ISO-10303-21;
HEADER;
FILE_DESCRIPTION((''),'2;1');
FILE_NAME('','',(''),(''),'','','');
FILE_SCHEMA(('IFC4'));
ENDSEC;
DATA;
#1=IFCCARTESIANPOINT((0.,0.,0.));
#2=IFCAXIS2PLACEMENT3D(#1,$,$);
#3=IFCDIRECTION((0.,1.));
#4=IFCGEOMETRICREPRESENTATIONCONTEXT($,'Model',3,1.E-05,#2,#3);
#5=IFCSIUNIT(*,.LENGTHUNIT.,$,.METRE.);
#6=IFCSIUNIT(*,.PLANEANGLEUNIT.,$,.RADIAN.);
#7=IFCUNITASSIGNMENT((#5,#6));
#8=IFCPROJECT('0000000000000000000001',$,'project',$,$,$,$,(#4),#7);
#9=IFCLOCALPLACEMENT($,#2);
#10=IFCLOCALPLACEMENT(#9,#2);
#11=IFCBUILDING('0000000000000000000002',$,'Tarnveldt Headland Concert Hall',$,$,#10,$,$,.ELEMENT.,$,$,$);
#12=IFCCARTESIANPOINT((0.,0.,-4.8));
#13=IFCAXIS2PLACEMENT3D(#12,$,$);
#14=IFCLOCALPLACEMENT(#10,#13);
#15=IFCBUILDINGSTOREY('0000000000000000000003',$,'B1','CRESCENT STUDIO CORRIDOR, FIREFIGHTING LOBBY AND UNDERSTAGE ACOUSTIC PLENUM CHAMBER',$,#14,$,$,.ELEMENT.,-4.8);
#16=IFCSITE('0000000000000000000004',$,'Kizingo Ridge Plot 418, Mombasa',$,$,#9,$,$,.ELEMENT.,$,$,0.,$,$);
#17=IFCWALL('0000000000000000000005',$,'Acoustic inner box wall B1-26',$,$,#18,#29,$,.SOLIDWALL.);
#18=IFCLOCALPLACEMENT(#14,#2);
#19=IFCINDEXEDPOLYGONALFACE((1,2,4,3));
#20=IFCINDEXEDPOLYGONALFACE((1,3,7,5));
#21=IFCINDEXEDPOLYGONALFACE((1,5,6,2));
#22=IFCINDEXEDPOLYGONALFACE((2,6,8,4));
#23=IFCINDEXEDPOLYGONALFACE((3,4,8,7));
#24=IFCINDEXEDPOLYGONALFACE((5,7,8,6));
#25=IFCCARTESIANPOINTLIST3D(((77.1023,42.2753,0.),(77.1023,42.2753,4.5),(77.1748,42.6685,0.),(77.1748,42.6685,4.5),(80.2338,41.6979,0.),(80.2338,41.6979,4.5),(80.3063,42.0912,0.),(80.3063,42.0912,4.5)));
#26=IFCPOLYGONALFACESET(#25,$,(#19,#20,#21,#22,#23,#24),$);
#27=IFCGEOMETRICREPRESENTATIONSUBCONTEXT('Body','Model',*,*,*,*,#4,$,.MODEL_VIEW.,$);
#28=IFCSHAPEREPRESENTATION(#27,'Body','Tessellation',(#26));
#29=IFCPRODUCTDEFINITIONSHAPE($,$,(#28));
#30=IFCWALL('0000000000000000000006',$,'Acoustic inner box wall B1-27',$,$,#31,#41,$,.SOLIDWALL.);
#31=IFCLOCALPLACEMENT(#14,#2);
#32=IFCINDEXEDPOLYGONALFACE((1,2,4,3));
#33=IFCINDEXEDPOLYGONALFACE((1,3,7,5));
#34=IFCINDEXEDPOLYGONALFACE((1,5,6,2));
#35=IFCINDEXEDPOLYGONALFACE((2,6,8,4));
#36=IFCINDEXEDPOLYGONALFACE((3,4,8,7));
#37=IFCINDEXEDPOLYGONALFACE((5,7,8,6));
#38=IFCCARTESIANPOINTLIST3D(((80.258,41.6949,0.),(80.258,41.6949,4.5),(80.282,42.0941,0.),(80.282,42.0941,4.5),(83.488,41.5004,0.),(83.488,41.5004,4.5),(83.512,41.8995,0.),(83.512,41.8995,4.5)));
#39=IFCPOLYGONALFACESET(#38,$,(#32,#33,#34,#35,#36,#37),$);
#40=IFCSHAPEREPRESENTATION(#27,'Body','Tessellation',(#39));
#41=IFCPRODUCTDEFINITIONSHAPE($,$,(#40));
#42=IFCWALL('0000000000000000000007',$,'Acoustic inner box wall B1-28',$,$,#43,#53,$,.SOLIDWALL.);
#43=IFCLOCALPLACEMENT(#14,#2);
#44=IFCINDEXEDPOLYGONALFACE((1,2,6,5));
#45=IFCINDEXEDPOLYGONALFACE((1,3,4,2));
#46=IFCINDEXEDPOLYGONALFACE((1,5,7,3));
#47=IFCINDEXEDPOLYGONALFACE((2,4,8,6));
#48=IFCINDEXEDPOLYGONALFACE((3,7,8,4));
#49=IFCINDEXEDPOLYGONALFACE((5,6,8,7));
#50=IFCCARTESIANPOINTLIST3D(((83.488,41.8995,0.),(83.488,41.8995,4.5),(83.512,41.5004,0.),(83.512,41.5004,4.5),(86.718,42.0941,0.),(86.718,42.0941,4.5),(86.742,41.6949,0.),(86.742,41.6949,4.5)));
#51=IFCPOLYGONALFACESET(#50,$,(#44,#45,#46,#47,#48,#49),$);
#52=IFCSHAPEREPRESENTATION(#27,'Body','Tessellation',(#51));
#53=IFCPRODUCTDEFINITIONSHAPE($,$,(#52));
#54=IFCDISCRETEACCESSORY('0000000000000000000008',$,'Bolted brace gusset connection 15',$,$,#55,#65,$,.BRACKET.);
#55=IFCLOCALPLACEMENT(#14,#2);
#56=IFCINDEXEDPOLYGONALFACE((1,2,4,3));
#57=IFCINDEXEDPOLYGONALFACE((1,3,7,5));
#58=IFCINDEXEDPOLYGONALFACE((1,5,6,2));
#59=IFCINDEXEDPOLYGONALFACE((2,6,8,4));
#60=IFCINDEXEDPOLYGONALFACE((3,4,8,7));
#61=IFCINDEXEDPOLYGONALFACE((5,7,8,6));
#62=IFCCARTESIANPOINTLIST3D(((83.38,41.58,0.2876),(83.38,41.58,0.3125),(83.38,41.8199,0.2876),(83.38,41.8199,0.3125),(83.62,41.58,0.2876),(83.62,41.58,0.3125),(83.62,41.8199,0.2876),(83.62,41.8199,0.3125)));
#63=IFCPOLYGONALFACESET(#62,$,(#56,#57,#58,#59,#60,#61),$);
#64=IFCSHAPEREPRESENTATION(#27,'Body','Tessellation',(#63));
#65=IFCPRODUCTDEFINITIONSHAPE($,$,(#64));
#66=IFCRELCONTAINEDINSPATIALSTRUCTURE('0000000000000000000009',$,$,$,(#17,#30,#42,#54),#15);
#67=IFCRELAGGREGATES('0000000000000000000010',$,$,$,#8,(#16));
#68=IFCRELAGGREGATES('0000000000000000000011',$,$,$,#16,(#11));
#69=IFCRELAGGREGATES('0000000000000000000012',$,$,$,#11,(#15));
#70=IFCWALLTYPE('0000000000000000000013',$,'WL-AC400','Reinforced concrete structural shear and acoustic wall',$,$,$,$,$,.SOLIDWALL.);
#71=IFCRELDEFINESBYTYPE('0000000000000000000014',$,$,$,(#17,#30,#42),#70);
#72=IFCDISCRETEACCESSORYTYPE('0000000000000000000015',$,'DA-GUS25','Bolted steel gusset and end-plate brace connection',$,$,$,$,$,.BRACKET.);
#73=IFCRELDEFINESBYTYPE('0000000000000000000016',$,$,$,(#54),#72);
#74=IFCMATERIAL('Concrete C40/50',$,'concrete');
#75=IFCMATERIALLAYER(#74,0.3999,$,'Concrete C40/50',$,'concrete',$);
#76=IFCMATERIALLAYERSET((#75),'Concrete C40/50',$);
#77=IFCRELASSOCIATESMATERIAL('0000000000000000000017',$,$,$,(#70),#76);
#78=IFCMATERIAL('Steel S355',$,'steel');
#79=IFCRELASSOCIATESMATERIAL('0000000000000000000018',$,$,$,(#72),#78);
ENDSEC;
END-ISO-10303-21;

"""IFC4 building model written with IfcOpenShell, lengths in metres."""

from ifc_helpers import new_model, si_unit, direction, frame, frame_2d, origin, origin_2d, place, context, subcontext, project, spatial, rectangle, extrude, material, layer, layer_set, type_object, element, save


model = new_model("IFC4")

# Units and contexts
model_context = context("Model", 3, precision=1e-05, world=origin(), true_north=direction((0.0, 1.0)))
body_context = subcontext(model_context, "Body", "Model", "MODEL_VIEW")
ifc_project = project(units=[si_unit("LENGTHUNIT", "METRE"), si_unit("PLANEANGLEUNIT", "RADIAN")], contexts=[model_context])

# Site, building, storey
site_placement = place(None, origin())
site = spatial("IfcSite", under=ifc_project, at=site_placement, Name="Kizingo Ridge Plot 418, Mombasa", CompositionType="ELEMENT", RefElevation=0.0)
building_placement = place(site_placement, origin())
building = spatial("IfcBuilding", under=site, at=building_placement, Name="Tarnveldt Headland Concert Hall", CompositionType="ELEMENT")
storey_placement = place(building_placement, frame((0.0, 0.0, -4.8)))
storey = spatial("IfcBuildingStorey", under=building, at=storey_placement, Name="B1", Description="CRESCENT STUDIO CORRIDOR, FIREFIGHTING LOBBY AND UNDERSTAGE ACOUSTIC PLENUM CHAMBER", CompositionType="ELEMENT", Elevation=-4.8)

# Shared definitions
ifc_material_1 = material(Name="Concrete C40/50", Category="concrete")

# Shared definitions
ifc_material_2 = material(Name="Steel S355", Category="steel")

# Walls
ifc_layer = layer(ifc_material_1, 0.3999, Name="Concrete C40/50", Category="concrete")
ifc_layer_set = layer_set([ifc_layer], Name="Concrete C40/50")
wall_type = type_object("IfcWallType", Name="WL-AC400", Description="Reinforced concrete structural shear and acoustic wall", PredefinedType="SOLIDWALL", material=ifc_layer_set)
wall_1_placement = place(storey_placement, frame((77.1384, 42.4719, 0.0), z_axis=(0.0, 0.0, 1.0), x_axis=(0.983424, -0.18132, 0.0)))
element("IfcWall", 1, at=wall_1_placement, inside=storey, type_object=wall_type, Name="Acoustic inner box wall B1-26", PredefinedType="SOLIDWALL", context=body_context, shape_type="SweptSolid", body=[
    extrude(rectangle(XDim=3.1843, YDim=0.3999, at=frame_2d((1.5923, 0.0))), origin(), (0.0, 0.0, 1.0), 4.5),
])
for number, where, z_axis, x_axis, name in (
    (2, (80.27, 41.8945, 0.0), (0.0, 0.0, 1.0), (0.99819, -0.060133, 0.0), "Acoustic inner box wall B1-27"),
    (3, (83.5, 41.7, 0.0), (0.0, 0.0, 1.0), (0.99819, 0.060133, 0.0), "Acoustic inner box wall B1-28"),
):
    element("IfcWall", number, at=place(storey_placement, frame(where, z_axis=z_axis, x_axis=x_axis)), inside=storey, type_object=wall_type, Name=name, PredefinedType="SOLIDWALL", context=body_context, shape_type="SweptSolid", body=[
        extrude(rectangle(XDim=3.2358, YDim=0.3999, at=frame_2d((1.6179, 0.0))), origin(), (0.0, 0.0, 1.0), 4.5),
    ])

# Discrete accessory
discrete_accessory_type = type_object("IfcDiscreteAccessoryType", Name="DA-GUS25", Description="Bolted steel gusset and end-plate brace connection", PredefinedType="BRACKET", material=ifc_material_2)
discrete_accessory_placement = place(storey_placement, frame((83.5, 41.7, 0.2876), z_axis=(0.0, 0.0, 1.0), x_axis=(1.0, 0.0, 0.0)))
element("IfcDiscreteAccessory", 4, at=discrete_accessory_placement, inside=storey, type_object=discrete_accessory_type, Name="Bolted brace gusset connection 15", PredefinedType="BRACKET", context=body_context, shape_type="SweptSolid", body=[
    extrude(rectangle(XDim=0.24, YDim=0.24, at=origin_2d()), origin(), (0.0, 0.0, 1.0), 0.0249),
])

save(model, "model.ifc")
